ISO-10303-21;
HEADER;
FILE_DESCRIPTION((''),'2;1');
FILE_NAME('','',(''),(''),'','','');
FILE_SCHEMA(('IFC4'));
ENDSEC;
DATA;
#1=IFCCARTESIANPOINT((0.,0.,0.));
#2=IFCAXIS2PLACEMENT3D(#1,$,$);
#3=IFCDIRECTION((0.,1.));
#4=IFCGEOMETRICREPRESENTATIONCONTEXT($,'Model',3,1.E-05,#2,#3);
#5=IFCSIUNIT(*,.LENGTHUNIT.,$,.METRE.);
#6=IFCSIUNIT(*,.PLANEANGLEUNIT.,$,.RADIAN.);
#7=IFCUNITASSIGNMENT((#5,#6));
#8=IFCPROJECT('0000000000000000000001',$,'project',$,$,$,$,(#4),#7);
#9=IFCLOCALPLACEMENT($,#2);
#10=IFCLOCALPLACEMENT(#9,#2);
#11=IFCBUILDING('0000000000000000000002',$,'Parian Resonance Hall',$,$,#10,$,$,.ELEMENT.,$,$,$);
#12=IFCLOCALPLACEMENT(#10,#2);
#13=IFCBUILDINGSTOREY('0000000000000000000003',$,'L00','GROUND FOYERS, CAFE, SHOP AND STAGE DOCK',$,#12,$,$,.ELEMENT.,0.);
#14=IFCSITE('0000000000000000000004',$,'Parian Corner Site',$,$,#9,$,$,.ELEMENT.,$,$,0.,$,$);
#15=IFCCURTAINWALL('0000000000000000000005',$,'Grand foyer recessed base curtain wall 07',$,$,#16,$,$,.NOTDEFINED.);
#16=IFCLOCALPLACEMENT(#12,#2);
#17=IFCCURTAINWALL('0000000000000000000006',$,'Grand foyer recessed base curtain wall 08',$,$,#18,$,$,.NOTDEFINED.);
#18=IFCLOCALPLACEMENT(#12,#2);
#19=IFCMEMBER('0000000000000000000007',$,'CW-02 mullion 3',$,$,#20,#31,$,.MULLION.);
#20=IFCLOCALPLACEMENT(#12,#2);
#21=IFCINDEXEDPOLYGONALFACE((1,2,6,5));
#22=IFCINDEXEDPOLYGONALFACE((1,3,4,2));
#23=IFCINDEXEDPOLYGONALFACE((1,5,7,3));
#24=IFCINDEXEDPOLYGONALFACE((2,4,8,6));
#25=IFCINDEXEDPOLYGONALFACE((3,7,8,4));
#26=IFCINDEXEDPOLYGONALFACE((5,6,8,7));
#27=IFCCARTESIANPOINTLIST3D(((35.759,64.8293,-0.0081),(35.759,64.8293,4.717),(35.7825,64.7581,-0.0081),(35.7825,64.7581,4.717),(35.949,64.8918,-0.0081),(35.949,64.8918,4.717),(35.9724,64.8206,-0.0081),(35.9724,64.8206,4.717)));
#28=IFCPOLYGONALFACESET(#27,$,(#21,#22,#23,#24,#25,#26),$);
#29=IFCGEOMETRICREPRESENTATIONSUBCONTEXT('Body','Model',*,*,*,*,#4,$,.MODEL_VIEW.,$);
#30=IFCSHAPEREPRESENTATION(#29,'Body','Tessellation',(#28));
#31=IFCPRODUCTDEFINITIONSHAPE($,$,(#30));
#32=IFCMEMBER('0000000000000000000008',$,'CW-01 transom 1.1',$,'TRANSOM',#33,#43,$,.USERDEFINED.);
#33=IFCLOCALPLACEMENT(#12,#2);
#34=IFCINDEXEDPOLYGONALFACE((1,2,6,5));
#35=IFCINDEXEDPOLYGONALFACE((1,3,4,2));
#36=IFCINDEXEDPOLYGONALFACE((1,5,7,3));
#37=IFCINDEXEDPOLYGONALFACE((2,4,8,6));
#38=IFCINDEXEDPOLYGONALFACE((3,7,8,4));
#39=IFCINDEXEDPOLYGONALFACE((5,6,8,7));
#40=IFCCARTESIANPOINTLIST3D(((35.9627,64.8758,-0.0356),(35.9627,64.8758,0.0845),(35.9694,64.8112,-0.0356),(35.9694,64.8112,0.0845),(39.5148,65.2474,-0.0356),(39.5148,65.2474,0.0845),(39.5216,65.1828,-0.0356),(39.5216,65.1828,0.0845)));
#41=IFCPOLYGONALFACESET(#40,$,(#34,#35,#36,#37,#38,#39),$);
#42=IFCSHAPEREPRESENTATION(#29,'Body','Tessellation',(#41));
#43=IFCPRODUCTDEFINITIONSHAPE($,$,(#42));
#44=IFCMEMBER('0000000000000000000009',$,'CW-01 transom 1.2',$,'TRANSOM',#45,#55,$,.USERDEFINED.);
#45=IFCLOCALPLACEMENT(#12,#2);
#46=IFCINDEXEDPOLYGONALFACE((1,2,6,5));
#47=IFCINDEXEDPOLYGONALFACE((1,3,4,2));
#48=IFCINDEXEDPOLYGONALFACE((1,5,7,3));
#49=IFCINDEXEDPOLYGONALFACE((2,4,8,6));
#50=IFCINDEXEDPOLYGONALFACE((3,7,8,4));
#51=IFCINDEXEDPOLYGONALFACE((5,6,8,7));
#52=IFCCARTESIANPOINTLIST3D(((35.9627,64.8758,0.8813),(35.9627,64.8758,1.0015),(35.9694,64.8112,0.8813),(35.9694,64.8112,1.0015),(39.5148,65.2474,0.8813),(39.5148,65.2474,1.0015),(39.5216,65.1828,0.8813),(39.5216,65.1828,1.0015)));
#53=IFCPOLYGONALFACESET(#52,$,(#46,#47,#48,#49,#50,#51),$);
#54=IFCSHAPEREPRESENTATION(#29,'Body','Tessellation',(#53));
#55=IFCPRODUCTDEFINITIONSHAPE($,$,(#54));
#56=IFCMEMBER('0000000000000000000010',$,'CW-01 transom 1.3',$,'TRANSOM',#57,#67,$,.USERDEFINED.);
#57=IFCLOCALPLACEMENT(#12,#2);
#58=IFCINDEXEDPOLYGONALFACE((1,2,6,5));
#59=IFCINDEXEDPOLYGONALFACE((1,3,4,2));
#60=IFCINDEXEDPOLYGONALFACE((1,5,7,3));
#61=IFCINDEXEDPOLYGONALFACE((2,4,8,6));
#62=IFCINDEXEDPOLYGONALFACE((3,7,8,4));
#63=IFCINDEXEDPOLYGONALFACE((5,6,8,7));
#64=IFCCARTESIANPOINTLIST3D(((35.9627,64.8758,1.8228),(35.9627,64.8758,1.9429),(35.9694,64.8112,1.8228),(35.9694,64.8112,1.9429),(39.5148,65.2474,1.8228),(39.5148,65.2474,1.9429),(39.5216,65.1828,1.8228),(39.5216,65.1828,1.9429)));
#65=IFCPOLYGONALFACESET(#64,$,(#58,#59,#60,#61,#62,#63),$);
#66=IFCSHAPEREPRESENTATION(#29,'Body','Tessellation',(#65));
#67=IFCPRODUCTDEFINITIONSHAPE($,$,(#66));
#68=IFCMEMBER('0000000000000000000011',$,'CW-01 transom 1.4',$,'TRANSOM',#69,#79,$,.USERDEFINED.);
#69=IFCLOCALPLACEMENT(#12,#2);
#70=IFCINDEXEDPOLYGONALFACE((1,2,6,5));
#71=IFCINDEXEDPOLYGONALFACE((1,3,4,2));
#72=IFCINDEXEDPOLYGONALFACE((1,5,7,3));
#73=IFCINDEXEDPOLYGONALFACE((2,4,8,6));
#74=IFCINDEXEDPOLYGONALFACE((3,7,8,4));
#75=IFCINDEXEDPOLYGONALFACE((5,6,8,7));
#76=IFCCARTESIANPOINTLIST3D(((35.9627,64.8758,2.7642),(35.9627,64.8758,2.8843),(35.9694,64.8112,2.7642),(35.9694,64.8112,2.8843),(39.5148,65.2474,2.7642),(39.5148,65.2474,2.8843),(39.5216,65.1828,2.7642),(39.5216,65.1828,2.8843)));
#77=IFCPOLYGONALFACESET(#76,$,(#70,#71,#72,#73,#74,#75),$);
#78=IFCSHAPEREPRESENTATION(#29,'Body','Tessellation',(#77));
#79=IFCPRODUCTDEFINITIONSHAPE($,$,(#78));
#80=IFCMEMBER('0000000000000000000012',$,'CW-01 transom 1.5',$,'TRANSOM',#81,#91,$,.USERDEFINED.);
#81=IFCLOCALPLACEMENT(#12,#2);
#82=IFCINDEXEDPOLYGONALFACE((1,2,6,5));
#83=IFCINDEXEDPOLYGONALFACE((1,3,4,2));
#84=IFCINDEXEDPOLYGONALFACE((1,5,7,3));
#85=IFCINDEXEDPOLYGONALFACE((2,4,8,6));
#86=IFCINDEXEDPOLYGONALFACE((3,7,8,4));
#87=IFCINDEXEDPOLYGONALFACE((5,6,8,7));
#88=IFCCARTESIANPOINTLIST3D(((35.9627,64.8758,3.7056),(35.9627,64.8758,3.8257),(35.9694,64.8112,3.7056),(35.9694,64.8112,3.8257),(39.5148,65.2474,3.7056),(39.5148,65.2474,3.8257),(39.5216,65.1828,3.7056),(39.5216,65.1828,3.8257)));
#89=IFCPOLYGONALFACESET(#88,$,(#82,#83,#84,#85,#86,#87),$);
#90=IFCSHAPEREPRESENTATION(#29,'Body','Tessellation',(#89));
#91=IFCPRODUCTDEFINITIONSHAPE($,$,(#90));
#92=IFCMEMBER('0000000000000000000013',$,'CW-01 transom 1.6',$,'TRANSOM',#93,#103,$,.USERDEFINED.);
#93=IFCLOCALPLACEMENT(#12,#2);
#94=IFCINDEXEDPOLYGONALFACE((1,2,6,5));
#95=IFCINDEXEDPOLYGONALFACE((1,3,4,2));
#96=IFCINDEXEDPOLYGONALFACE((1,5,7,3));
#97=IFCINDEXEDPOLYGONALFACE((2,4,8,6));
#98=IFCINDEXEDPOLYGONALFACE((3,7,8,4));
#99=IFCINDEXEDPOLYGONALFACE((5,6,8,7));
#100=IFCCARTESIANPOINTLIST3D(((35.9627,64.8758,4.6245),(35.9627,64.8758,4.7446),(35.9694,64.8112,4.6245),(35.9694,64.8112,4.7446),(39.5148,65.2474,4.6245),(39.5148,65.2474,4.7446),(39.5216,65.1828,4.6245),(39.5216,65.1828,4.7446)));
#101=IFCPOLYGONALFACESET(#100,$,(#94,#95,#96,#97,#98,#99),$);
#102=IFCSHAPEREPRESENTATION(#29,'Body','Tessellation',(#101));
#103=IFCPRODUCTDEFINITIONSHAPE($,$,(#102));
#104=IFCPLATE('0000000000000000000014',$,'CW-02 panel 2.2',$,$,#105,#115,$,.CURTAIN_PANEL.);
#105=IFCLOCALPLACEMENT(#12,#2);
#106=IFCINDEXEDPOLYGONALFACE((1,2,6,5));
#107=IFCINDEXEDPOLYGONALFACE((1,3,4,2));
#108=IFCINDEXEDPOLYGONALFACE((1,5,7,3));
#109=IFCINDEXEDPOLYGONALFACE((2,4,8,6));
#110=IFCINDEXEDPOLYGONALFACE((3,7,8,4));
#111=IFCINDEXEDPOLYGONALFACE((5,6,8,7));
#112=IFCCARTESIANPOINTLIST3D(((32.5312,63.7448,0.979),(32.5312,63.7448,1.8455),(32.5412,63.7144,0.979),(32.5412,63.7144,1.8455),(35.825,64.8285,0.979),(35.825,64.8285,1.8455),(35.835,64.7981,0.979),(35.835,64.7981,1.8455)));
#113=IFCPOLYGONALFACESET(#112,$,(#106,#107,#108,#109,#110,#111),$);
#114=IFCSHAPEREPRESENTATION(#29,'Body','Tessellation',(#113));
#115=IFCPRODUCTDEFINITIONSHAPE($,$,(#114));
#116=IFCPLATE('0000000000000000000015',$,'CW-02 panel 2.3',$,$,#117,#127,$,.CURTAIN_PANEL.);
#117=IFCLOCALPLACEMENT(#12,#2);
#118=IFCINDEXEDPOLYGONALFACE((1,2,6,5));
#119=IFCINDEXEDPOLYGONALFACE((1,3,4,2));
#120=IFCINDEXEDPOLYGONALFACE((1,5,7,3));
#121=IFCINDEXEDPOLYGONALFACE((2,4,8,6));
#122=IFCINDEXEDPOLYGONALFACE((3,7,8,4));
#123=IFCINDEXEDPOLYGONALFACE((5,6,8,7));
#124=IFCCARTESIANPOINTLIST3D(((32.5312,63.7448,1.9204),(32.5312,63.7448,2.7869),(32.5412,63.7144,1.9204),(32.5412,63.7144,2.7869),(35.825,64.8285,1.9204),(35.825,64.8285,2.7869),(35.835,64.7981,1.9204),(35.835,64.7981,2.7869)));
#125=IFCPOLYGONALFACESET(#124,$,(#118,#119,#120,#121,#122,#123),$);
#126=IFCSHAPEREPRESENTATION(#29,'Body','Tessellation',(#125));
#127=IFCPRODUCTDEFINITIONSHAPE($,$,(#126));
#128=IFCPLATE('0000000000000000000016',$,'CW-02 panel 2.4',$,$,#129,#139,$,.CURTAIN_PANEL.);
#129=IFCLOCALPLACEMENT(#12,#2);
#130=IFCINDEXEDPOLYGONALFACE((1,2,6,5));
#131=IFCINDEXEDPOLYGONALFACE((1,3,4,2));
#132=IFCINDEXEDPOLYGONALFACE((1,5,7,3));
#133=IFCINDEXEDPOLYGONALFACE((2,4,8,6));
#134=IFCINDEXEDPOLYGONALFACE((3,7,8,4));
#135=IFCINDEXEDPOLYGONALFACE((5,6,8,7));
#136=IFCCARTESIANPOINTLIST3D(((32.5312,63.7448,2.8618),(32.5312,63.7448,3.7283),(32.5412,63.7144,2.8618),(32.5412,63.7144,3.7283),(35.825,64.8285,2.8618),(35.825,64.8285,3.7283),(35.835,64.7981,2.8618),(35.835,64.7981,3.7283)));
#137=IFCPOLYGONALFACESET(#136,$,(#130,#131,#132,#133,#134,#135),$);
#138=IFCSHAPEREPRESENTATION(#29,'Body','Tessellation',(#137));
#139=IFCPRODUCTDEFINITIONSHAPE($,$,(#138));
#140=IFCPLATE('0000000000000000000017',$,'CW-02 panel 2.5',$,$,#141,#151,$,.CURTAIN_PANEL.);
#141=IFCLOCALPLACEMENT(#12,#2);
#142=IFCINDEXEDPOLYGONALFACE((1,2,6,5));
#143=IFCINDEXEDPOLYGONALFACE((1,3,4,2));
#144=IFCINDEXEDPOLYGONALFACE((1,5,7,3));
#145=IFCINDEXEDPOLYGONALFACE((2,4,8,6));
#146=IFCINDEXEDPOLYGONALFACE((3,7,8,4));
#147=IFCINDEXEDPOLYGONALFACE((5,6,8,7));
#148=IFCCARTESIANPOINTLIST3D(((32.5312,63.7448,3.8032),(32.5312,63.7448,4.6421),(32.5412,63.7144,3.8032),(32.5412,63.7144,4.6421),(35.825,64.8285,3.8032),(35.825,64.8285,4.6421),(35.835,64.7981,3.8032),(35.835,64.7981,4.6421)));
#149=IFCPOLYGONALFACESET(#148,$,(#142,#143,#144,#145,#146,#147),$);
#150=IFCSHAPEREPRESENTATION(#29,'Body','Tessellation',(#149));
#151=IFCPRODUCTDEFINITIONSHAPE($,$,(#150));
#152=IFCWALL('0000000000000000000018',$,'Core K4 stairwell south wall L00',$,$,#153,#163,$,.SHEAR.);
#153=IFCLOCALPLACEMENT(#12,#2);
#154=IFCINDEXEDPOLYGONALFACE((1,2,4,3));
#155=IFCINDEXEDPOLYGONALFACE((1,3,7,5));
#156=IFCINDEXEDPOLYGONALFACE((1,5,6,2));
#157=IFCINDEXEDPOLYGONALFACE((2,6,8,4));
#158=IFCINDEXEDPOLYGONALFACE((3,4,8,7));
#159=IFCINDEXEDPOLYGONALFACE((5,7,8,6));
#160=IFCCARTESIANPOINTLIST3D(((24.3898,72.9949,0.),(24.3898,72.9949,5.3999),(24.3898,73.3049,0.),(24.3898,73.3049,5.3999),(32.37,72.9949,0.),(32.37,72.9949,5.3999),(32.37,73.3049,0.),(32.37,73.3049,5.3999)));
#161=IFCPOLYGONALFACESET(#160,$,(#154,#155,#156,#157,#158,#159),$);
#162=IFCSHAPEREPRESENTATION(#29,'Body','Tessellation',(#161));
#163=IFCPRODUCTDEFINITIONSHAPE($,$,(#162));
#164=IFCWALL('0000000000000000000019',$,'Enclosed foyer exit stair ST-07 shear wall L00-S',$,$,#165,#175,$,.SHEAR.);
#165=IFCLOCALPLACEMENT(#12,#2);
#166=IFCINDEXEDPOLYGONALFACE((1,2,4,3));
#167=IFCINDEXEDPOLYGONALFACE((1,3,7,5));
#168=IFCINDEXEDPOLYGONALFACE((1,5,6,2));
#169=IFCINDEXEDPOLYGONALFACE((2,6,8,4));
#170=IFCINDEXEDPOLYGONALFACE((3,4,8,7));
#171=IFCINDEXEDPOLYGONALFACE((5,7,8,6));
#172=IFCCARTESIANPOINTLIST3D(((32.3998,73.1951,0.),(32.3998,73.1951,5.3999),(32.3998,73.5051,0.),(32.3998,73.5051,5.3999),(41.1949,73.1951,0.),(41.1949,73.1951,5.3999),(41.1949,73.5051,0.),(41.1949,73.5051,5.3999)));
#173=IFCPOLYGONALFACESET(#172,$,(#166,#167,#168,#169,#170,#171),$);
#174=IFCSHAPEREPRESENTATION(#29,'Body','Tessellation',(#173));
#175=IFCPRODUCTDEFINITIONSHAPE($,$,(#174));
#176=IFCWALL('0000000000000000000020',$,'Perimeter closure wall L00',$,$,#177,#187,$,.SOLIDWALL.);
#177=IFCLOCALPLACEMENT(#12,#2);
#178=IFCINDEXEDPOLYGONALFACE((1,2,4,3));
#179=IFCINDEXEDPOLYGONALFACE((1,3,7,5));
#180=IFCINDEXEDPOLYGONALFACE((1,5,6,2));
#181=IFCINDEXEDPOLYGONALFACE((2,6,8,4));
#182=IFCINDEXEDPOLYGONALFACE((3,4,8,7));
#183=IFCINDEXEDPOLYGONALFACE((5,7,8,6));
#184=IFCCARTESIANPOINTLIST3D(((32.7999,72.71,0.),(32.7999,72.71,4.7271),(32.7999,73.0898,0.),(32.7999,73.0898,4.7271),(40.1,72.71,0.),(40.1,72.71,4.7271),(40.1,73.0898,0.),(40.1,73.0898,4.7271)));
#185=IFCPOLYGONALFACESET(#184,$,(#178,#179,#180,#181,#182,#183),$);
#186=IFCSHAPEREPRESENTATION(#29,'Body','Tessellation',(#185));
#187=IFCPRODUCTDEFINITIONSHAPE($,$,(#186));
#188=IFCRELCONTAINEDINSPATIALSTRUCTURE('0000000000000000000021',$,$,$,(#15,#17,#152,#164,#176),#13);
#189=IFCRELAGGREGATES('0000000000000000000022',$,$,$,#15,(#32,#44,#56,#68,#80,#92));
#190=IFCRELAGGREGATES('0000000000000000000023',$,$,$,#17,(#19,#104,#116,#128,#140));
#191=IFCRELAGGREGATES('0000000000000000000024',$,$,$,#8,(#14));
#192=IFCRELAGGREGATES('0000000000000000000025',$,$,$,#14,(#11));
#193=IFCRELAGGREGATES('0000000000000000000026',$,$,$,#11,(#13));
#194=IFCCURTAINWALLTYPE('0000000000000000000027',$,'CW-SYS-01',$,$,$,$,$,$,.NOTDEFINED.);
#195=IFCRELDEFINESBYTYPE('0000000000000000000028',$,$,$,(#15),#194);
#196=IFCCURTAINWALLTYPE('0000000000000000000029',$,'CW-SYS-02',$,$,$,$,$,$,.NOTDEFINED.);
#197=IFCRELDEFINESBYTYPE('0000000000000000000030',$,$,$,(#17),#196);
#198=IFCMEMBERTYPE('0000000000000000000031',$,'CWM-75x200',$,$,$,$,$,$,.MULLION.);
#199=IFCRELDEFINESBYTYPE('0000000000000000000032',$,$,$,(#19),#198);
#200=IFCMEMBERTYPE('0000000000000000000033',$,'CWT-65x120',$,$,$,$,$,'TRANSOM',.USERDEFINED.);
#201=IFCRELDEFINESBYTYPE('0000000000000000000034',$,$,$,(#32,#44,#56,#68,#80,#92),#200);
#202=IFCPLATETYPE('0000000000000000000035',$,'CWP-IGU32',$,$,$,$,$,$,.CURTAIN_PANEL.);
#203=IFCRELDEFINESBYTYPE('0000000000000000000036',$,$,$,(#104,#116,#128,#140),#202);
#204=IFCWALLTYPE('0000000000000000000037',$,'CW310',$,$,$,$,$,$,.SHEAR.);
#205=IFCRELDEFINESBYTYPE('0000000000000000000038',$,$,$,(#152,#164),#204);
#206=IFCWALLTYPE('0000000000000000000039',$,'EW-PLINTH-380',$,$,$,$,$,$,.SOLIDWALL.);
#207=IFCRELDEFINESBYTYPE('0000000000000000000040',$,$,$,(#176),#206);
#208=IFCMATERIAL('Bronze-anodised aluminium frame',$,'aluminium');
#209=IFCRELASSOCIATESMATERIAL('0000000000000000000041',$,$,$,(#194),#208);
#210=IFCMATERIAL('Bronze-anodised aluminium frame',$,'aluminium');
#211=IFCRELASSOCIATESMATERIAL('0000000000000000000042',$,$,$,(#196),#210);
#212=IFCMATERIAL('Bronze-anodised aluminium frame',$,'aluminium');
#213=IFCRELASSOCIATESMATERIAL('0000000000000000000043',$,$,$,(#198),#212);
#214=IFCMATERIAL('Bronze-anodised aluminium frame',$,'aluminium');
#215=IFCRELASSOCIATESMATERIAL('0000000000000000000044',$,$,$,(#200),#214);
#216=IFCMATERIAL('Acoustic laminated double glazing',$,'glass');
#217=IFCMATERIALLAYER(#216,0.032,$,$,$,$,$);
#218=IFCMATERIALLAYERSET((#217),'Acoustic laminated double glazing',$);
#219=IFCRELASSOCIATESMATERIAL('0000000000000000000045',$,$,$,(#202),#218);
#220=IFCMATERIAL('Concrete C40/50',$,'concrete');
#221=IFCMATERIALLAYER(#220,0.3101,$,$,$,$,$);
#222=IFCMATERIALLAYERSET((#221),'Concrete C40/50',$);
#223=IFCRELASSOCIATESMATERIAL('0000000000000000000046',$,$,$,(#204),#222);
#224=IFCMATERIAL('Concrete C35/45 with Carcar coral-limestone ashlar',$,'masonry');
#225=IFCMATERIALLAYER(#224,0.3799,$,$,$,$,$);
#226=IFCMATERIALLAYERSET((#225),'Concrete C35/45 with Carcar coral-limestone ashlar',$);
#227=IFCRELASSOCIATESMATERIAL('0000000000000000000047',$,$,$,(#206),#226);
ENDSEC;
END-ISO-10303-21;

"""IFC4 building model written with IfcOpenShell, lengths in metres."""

from ifc_helpers import new_model, si_unit, direction, frame, frame_2d, origin, origin_2d, place, context, subcontext, project, spatial, rectangle, extrude, material, layer, layer_set, material_profile, profile_set, type_object, element, aggregate, save


model = new_model("IFC4")

# Units and contexts
model_context = context("Model", 3, precision=1e-05, world=origin(), true_north=direction((0.0, 1.0)))
body_context = subcontext(model_context, "Body", "Model", "MODEL_VIEW")
ifc_project = project(units=[si_unit("LENGTHUNIT", "METRE"), si_unit("PLANEANGLEUNIT", "RADIAN")], contexts=[model_context])

# Site, building, storey
site_placement = place(None, origin())
site = spatial("IfcSite", under=ifc_project, at=site_placement, Name="Parian Corner Site", CompositionType="ELEMENT", RefElevation=0.0)
building_placement = place(site_placement, origin())
building = spatial("IfcBuilding", under=site, at=building_placement, Name="Parian Resonance Hall", CompositionType="ELEMENT")
storey_placement = place(building_placement, origin())
storey = spatial("IfcBuildingStorey", under=building, at=storey_placement, Name="L00", Description="GROUND FOYERS, CAFE, SHOP AND STAGE DOCK", CompositionType="ELEMENT", Elevation=0.0)

# Curtain walls, member
ifc_material_1 = material(Name="Bronze-anodised aluminium frame", Category="aluminium")
curtain_wall_type_1 = type_object("IfcCurtainWallType", Name="CW-SYS-01", PredefinedType="NOTDEFINED", material=ifc_material_1)
curtain_wall_1_placement = place(storey_placement, origin())
curtain_wall_1 = element("IfcCurtainWall", 1, at=curtain_wall_1_placement, inside=storey, type_object=curtain_wall_type_1, Name="Grand foyer recessed base curtain wall 07", PredefinedType="NOTDEFINED")
ifc_material_2 = material(Name="Bronze-anodised aluminium frame", Category="aluminium")
curtain_wall_type_2 = type_object("IfcCurtainWallType", Name="CW-SYS-02", PredefinedType="NOTDEFINED", material=ifc_material_2)
curtain_wall_2_placement = place(storey_placement, origin())
curtain_wall_2 = element("IfcCurtainWall", 2, at=curtain_wall_2_placement, inside=storey, type_object=curtain_wall_type_2, Name="Grand foyer recessed base curtain wall 08", PredefinedType="NOTDEFINED")
ifc_material_3 = material(Name="Bronze-anodised aluminium frame", Category="aluminium")
ifc_material_profile_1 = material_profile(ifc_material_3, rectangle(XDim=0.075, YDim=0.2, at=origin_2d()), Name="CWM-75x200")
ifc_profile_set_1 = profile_set([ifc_material_profile_1], Name="Bronze-anodised aluminium frame")
member_type_1 = type_object("IfcMemberType", Name="CWM-75x200", PredefinedType="MULLION", material=ifc_profile_set_1)
member_1_placement = place(storey_placement, frame((35.8657, 64.825, -0.0081), z_axis=(0.0, 0.0, 1.0), x_axis=(-0.31253, 0.949908, 0.0)))
member_1 = element("IfcMember", 3, at=member_1_placement, type_object=member_type_1, Name="CW-02 mullion 3", PredefinedType="MULLION", context=body_context, shape_type="SweptSolid", body=[
    extrude(rectangle(XDim=0.075, YDim=0.2, at=origin_2d()), origin(), (0.0, 0.0, 1.0), 4.7251),
])

# Members
ifc_material_4 = material(Name="Bronze-anodised aluminium frame", Category="aluminium")
ifc_material_profile_2 = material_profile(ifc_material_4, rectangle(XDim=0.0649, YDim=0.1201, at=origin_2d()), Name="CWT-65x120")
ifc_profile_set_2 = profile_set([ifc_material_profile_2], Name="Bronze-anodised aluminium frame")
member_type_2 = type_object("IfcMemberType", Name="CWT-65x120", ElementType="TRANSOM", PredefinedType="USERDEFINED", material=ifc_profile_set_2)
member_2_placement = place(storey_placement, frame((35.9661, 64.8435, 0.0244), z_axis=(0.994573, 0.104037, 0.0), x_axis=(-0.104037, 0.994573, 0.0)))
member_2 = element("IfcMember", 4, at=member_2_placement, type_object=member_type_2, Name="CW-01 transom 1.1", ObjectType="TRANSOM", PredefinedType="USERDEFINED", context=body_context, shape_type="SweptSolid", body=[
    extrude(rectangle(XDim=0.0649, YDim=0.1201, at=origin_2d()), origin(), (0.0, 0.0, 1.0), 3.5715),
])
member_3_placement = place(storey_placement, frame((35.9661, 64.8435, 0.9414), z_axis=(0.994573, 0.104037, 0.0), x_axis=(-0.104037, 0.994573, 0.0)))
member_3 = element("IfcMember", 5, at=member_3_placement, type_object=member_type_2, Name="CW-01 transom 1.2", ObjectType="TRANSOM", PredefinedType="USERDEFINED", context=body_context, shape_type="SweptSolid", body=[
    extrude(rectangle(XDim=0.0649, YDim=0.1201, at=origin_2d()), origin(), (0.0, 0.0, 1.0), 3.5715),
])
member_4_placement = place(storey_placement, frame((35.9661, 64.8435, 1.8828), z_axis=(0.994573, 0.104037, 0.0), x_axis=(-0.104037, 0.994573, 0.0)))
member_4 = element("IfcMember", 6, at=member_4_placement, type_object=member_type_2, Name="CW-01 transom 1.3", ObjectType="TRANSOM", PredefinedType="USERDEFINED", context=body_context, shape_type="SweptSolid", body=[
    extrude(rectangle(XDim=0.0649, YDim=0.1201, at=origin_2d()), origin(), (0.0, 0.0, 1.0), 3.5715),
])
member_5_placement = place(storey_placement, frame((35.9661, 64.8435, 2.8242), z_axis=(0.994573, 0.104037, 0.0), x_axis=(-0.104037, 0.994573, 0.0)))
member_5 = element("IfcMember", 7, at=member_5_placement, type_object=member_type_2, Name="CW-01 transom 1.4", ObjectType="TRANSOM", PredefinedType="USERDEFINED", context=body_context, shape_type="SweptSolid", body=[
    extrude(rectangle(XDim=0.0649, YDim=0.1201, at=origin_2d()), origin(), (0.0, 0.0, 1.0), 3.5715),
])
member_6_placement = place(storey_placement, frame((35.9661, 64.8435, 3.7656), z_axis=(0.994573, 0.104037, 0.0), x_axis=(-0.104037, 0.994573, 0.0)))
member_6 = element("IfcMember", 8, at=member_6_placement, type_object=member_type_2, Name="CW-01 transom 1.5", ObjectType="TRANSOM", PredefinedType="USERDEFINED", context=body_context, shape_type="SweptSolid", body=[
    extrude(rectangle(XDim=0.0649, YDim=0.1201, at=origin_2d()), origin(), (0.0, 0.0, 1.0), 3.5715),
])
member_7_placement = place(storey_placement, frame((35.9661, 64.8435, 4.6846), z_axis=(0.994573, 0.104037, 0.0), x_axis=(-0.104037, 0.994573, 0.0)))
member_7 = element("IfcMember", 9, at=member_7_placement, type_object=member_type_2, Name="CW-01 transom 1.6", ObjectType="TRANSOM", PredefinedType="USERDEFINED", context=body_context, shape_type="SweptSolid", body=[
    extrude(rectangle(XDim=0.0649, YDim=0.1201, at=origin_2d()), origin(), (0.0, 0.0, 1.0), 3.5715),
])
aggregate(curtain_wall_1, [member_2, member_3, member_4, member_5, member_6, member_7])

# Plates
ifc_material_5 = material(Name="Acoustic laminated double glazing", Category="glass")
ifc_layer_1 = layer(ifc_material_5, 0.032)
ifc_layer_set_1 = layer_set([ifc_layer_1], Name="Acoustic laminated double glazing")
plate_type = type_object("IfcPlateType", Name="CWP-IGU32", PredefinedType="CURTAIN_PANEL", material=ifc_layer_set_1)
plate_1_placement = place(storey_placement, frame((34.1831, 64.2715, 0.979), z_axis=(0.0, 0.0, 1.0), x_axis=(0.949908, 0.31253, 0.0)))
plate_1 = element("IfcPlate", 10, at=plate_1_placement, type_object=plate_type, Name="CW-02 panel 2.2", PredefinedType="CURTAIN_PANEL", context=body_context, shape_type="SweptSolid", body=[
    extrude(rectangle(XDim=3.4675, YDim=0.032, at=origin_2d()), origin(), (0.0, 0.0, 1.0), 0.8665),
])
plate_2_placement = place(storey_placement, frame((34.1831, 64.2715, 1.9204), z_axis=(0.0, 0.0, 1.0), x_axis=(0.949908, 0.31253, 0.0)))
plate_2 = element("IfcPlate", 11, at=plate_2_placement, type_object=plate_type, Name="CW-02 panel 2.3", PredefinedType="CURTAIN_PANEL", context=body_context, shape_type="SweptSolid", body=[
    extrude(rectangle(XDim=3.4675, YDim=0.032, at=origin_2d()), origin(), (0.0, 0.0, 1.0), 0.8665),
])
plate_3_placement = place(storey_placement, frame((34.1831, 64.2715, 2.8618), z_axis=(0.0, 0.0, 1.0), x_axis=(0.949908, 0.31253, 0.0)))
plate_3 = element("IfcPlate", 12, at=plate_3_placement, type_object=plate_type, Name="CW-02 panel 2.4", PredefinedType="CURTAIN_PANEL", context=body_context, shape_type="SweptSolid", body=[
    extrude(rectangle(XDim=3.4675, YDim=0.032, at=origin_2d()), origin(), (0.0, 0.0, 1.0), 0.8665),
])
plate_4_placement = place(storey_placement, frame((34.1831, 64.2715, 3.8032), z_axis=(0.0, 0.0, 1.0), x_axis=(0.949908, 0.31253, 0.0)))
plate_4 = element("IfcPlate", 13, at=plate_4_placement, type_object=plate_type, Name="CW-02 panel 2.5", PredefinedType="CURTAIN_PANEL", context=body_context, shape_type="SweptSolid", body=[
    extrude(rectangle(XDim=3.4675, YDim=0.032, at=origin_2d()), origin(), (0.0, 0.0, 1.0), 0.8389),
])
aggregate(curtain_wall_2, [member_1, plate_1, plate_2, plate_3, plate_4])

# Walls
ifc_material_6 = material(Name="Concrete C40/50", Category="concrete")
ifc_layer_2 = layer(ifc_material_6, 0.3101)
ifc_layer_set_2 = layer_set([ifc_layer_2], Name="Concrete C40/50")
wall_type_1 = type_object("IfcWallType", Name="CW310", PredefinedType="SHEAR", material=ifc_layer_set_2)
wall_1_placement = place(storey_placement, frame((32.3701, 73.1499, 0.0), z_axis=(0.0, 0.0, 1.0), x_axis=(-1.0, 0.0, 0.0)))
element("IfcWall", 14, at=wall_1_placement, inside=storey, type_object=wall_type_1, Name="Core K4 stairwell south wall L00", PredefinedType="SHEAR", context=body_context, shape_type="SweptSolid", body=[
    extrude(rectangle(XDim=7.9802, YDim=0.3101, at=frame_2d((3.9902, 0.0))), origin(), (0.0, 0.0, 1.0), 5.3999),
])
wall_2_placement = place(storey_placement, frame((32.3999, 73.3501, 0.0), z_axis=(0.0, 0.0, 1.0), x_axis=(1.0, 0.0, 0.0)))
element("IfcWall", 15, at=wall_2_placement, inside=storey, type_object=wall_type_1, Name="Enclosed foyer exit stair ST-07 shear wall L00-S", PredefinedType="SHEAR", context=body_context, shape_type="SweptSolid", body=[
    extrude(rectangle(XDim=8.7952, YDim=0.3101, at=frame_2d((4.3975, 0.0))), origin(), (0.0, 0.0, 1.0), 5.3999),
])
ifc_material_7 = material(Name="Concrete C35/45 with Carcar coral-limestone ashlar", Category="masonry")
ifc_layer_3 = layer(ifc_material_7, 0.3799)
ifc_layer_set_3 = layer_set([ifc_layer_3], Name="Concrete C35/45 with Carcar coral-limestone ashlar")
wall_type_2 = type_object("IfcWallType", Name="EW-PLINTH-380", PredefinedType="SOLIDWALL", material=ifc_layer_set_3)
wall_3_placement = place(storey_placement, frame((32.8, 72.8999, 0.0), z_axis=(0.0, 0.0, 1.0), x_axis=(1.0, 0.0, 0.0)))
element("IfcWall", 16, at=wall_3_placement, inside=storey, type_object=wall_type_2, Name="Perimeter closure wall L00", PredefinedType="SOLIDWALL", context=body_context, shape_type="SweptSolid", body=[
    extrude(rectangle(XDim=7.3, YDim=0.3799, at=frame_2d((3.6499, 0.0))), origin(), (0.0, 0.0, 1.0), 4.7271),
])

save(model, "model.ifc")
